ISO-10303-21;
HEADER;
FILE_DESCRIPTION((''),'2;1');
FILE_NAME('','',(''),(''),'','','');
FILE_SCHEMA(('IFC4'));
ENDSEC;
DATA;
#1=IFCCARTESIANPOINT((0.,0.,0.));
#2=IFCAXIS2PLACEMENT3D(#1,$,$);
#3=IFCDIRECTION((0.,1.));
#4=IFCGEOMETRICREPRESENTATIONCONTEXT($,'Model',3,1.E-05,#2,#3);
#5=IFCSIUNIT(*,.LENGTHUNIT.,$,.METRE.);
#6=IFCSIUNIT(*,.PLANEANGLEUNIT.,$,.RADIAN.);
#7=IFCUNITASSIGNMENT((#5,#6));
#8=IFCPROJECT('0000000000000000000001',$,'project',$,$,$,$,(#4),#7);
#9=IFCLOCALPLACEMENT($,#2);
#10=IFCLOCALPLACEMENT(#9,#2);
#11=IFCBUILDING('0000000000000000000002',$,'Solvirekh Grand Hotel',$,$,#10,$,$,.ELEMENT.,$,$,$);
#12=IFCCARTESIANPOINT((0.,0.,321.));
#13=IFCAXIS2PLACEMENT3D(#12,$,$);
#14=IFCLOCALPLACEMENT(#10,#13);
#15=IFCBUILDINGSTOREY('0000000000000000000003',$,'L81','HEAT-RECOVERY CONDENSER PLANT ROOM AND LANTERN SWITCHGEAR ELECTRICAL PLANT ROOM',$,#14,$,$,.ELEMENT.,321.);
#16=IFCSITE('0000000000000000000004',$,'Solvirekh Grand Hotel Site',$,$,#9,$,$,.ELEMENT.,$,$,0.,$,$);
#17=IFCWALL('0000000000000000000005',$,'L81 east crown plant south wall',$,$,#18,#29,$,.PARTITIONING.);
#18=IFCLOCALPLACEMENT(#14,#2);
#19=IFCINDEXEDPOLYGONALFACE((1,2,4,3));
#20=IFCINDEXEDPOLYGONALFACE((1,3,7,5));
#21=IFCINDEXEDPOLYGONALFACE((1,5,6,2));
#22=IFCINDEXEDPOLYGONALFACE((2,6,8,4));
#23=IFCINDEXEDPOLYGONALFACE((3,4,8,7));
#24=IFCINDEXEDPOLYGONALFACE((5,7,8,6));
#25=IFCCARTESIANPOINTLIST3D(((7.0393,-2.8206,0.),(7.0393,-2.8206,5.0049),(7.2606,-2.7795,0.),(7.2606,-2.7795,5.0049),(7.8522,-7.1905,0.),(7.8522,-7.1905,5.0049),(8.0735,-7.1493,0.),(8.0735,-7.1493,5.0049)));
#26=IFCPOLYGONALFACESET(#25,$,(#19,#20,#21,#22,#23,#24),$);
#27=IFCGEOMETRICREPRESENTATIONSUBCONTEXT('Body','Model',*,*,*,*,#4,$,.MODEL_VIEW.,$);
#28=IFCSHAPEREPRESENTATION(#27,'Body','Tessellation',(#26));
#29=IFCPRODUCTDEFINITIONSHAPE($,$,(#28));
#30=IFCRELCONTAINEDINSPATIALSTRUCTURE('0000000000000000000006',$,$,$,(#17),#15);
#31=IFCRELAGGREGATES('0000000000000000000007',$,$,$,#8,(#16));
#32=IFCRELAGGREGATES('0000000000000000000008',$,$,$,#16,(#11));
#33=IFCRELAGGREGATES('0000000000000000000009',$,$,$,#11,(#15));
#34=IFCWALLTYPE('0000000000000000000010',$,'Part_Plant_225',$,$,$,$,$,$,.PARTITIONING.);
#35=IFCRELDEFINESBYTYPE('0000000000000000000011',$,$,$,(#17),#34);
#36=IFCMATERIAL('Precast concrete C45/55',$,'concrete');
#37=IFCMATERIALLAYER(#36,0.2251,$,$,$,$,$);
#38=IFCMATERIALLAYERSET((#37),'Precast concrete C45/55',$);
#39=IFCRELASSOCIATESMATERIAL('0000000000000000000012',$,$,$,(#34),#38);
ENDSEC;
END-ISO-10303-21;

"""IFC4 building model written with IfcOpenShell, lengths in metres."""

from ifc_helpers import new_model, si_unit, direction, frame, frame_2d, origin, place, context, subcontext, project, spatial, rectangle, extrude, material, layer, layer_set, type_object, element, save


model = new_model("IFC4")

# Units and contexts
model_context = context("Model", 3, precision=1e-05, world=origin(), true_north=direction((0.0, 1.0)))
body_context = subcontext(model_context, "Body", "Model", "MODEL_VIEW")
ifc_project = project(units=[si_unit("LENGTHUNIT", "METRE"), si_unit("PLANEANGLEUNIT", "RADIAN")], contexts=[model_context])

# Site, building, storey
site_placement = place(None, origin())
site = spatial("IfcSite", under=ifc_project, at=site_placement, Name="Solvirekh Grand Hotel Site", CompositionType="ELEMENT", RefElevation=0.0)
building_placement = place(site_placement, origin())
building = spatial("IfcBuilding", under=site, at=building_placement, Name="Solvirekh Grand Hotel", CompositionType="ELEMENT")
storey_placement = place(building_placement, frame((0.0, 0.0, 321.0)))
storey = spatial("IfcBuildingStorey", under=building, at=storey_placement, Name="L81", Description="HEAT-RECOVERY CONDENSER PLANT ROOM AND LANTERN SWITCHGEAR ELECTRICAL PLANT ROOM", CompositionType="ELEMENT", Elevation=321.0)

# Shared definitions
ifc_material_1 = material(Name="Precast concrete C45/55", Category="concrete")

# Wall
ifc_layer_1 = layer(ifc_material_1, 0.2251)
ifc_layer_set_1 = layer_set([ifc_layer_1], Name="Precast concrete C45/55")
wall_type_1 = type_object("IfcWallType", Name="Part_Plant_225", PredefinedType="PARTITIONING", material=ifc_layer_set_1)
wall_1_placement = place(storey_placement, frame((7.1499, -2.8, 0.0), z_axis=(0.0, 0.0, 1.0), x_axis=(0.182905, -0.983131, 0.0)))
element("IfcWall", 1, at=wall_1_placement, inside=storey, type_object=wall_type_1, Name="L81 east crown plant south wall", PredefinedType="PARTITIONING", context=body_context, shape_type="SweptSolid", body=[
    extrude(rectangle(XDim=4.4448, YDim=0.2251, at=frame_2d((2.2224, 0.0))), origin(), (0.0, 0.0, 1.0), 5.0049),
])

save(model, "model.ifc")
